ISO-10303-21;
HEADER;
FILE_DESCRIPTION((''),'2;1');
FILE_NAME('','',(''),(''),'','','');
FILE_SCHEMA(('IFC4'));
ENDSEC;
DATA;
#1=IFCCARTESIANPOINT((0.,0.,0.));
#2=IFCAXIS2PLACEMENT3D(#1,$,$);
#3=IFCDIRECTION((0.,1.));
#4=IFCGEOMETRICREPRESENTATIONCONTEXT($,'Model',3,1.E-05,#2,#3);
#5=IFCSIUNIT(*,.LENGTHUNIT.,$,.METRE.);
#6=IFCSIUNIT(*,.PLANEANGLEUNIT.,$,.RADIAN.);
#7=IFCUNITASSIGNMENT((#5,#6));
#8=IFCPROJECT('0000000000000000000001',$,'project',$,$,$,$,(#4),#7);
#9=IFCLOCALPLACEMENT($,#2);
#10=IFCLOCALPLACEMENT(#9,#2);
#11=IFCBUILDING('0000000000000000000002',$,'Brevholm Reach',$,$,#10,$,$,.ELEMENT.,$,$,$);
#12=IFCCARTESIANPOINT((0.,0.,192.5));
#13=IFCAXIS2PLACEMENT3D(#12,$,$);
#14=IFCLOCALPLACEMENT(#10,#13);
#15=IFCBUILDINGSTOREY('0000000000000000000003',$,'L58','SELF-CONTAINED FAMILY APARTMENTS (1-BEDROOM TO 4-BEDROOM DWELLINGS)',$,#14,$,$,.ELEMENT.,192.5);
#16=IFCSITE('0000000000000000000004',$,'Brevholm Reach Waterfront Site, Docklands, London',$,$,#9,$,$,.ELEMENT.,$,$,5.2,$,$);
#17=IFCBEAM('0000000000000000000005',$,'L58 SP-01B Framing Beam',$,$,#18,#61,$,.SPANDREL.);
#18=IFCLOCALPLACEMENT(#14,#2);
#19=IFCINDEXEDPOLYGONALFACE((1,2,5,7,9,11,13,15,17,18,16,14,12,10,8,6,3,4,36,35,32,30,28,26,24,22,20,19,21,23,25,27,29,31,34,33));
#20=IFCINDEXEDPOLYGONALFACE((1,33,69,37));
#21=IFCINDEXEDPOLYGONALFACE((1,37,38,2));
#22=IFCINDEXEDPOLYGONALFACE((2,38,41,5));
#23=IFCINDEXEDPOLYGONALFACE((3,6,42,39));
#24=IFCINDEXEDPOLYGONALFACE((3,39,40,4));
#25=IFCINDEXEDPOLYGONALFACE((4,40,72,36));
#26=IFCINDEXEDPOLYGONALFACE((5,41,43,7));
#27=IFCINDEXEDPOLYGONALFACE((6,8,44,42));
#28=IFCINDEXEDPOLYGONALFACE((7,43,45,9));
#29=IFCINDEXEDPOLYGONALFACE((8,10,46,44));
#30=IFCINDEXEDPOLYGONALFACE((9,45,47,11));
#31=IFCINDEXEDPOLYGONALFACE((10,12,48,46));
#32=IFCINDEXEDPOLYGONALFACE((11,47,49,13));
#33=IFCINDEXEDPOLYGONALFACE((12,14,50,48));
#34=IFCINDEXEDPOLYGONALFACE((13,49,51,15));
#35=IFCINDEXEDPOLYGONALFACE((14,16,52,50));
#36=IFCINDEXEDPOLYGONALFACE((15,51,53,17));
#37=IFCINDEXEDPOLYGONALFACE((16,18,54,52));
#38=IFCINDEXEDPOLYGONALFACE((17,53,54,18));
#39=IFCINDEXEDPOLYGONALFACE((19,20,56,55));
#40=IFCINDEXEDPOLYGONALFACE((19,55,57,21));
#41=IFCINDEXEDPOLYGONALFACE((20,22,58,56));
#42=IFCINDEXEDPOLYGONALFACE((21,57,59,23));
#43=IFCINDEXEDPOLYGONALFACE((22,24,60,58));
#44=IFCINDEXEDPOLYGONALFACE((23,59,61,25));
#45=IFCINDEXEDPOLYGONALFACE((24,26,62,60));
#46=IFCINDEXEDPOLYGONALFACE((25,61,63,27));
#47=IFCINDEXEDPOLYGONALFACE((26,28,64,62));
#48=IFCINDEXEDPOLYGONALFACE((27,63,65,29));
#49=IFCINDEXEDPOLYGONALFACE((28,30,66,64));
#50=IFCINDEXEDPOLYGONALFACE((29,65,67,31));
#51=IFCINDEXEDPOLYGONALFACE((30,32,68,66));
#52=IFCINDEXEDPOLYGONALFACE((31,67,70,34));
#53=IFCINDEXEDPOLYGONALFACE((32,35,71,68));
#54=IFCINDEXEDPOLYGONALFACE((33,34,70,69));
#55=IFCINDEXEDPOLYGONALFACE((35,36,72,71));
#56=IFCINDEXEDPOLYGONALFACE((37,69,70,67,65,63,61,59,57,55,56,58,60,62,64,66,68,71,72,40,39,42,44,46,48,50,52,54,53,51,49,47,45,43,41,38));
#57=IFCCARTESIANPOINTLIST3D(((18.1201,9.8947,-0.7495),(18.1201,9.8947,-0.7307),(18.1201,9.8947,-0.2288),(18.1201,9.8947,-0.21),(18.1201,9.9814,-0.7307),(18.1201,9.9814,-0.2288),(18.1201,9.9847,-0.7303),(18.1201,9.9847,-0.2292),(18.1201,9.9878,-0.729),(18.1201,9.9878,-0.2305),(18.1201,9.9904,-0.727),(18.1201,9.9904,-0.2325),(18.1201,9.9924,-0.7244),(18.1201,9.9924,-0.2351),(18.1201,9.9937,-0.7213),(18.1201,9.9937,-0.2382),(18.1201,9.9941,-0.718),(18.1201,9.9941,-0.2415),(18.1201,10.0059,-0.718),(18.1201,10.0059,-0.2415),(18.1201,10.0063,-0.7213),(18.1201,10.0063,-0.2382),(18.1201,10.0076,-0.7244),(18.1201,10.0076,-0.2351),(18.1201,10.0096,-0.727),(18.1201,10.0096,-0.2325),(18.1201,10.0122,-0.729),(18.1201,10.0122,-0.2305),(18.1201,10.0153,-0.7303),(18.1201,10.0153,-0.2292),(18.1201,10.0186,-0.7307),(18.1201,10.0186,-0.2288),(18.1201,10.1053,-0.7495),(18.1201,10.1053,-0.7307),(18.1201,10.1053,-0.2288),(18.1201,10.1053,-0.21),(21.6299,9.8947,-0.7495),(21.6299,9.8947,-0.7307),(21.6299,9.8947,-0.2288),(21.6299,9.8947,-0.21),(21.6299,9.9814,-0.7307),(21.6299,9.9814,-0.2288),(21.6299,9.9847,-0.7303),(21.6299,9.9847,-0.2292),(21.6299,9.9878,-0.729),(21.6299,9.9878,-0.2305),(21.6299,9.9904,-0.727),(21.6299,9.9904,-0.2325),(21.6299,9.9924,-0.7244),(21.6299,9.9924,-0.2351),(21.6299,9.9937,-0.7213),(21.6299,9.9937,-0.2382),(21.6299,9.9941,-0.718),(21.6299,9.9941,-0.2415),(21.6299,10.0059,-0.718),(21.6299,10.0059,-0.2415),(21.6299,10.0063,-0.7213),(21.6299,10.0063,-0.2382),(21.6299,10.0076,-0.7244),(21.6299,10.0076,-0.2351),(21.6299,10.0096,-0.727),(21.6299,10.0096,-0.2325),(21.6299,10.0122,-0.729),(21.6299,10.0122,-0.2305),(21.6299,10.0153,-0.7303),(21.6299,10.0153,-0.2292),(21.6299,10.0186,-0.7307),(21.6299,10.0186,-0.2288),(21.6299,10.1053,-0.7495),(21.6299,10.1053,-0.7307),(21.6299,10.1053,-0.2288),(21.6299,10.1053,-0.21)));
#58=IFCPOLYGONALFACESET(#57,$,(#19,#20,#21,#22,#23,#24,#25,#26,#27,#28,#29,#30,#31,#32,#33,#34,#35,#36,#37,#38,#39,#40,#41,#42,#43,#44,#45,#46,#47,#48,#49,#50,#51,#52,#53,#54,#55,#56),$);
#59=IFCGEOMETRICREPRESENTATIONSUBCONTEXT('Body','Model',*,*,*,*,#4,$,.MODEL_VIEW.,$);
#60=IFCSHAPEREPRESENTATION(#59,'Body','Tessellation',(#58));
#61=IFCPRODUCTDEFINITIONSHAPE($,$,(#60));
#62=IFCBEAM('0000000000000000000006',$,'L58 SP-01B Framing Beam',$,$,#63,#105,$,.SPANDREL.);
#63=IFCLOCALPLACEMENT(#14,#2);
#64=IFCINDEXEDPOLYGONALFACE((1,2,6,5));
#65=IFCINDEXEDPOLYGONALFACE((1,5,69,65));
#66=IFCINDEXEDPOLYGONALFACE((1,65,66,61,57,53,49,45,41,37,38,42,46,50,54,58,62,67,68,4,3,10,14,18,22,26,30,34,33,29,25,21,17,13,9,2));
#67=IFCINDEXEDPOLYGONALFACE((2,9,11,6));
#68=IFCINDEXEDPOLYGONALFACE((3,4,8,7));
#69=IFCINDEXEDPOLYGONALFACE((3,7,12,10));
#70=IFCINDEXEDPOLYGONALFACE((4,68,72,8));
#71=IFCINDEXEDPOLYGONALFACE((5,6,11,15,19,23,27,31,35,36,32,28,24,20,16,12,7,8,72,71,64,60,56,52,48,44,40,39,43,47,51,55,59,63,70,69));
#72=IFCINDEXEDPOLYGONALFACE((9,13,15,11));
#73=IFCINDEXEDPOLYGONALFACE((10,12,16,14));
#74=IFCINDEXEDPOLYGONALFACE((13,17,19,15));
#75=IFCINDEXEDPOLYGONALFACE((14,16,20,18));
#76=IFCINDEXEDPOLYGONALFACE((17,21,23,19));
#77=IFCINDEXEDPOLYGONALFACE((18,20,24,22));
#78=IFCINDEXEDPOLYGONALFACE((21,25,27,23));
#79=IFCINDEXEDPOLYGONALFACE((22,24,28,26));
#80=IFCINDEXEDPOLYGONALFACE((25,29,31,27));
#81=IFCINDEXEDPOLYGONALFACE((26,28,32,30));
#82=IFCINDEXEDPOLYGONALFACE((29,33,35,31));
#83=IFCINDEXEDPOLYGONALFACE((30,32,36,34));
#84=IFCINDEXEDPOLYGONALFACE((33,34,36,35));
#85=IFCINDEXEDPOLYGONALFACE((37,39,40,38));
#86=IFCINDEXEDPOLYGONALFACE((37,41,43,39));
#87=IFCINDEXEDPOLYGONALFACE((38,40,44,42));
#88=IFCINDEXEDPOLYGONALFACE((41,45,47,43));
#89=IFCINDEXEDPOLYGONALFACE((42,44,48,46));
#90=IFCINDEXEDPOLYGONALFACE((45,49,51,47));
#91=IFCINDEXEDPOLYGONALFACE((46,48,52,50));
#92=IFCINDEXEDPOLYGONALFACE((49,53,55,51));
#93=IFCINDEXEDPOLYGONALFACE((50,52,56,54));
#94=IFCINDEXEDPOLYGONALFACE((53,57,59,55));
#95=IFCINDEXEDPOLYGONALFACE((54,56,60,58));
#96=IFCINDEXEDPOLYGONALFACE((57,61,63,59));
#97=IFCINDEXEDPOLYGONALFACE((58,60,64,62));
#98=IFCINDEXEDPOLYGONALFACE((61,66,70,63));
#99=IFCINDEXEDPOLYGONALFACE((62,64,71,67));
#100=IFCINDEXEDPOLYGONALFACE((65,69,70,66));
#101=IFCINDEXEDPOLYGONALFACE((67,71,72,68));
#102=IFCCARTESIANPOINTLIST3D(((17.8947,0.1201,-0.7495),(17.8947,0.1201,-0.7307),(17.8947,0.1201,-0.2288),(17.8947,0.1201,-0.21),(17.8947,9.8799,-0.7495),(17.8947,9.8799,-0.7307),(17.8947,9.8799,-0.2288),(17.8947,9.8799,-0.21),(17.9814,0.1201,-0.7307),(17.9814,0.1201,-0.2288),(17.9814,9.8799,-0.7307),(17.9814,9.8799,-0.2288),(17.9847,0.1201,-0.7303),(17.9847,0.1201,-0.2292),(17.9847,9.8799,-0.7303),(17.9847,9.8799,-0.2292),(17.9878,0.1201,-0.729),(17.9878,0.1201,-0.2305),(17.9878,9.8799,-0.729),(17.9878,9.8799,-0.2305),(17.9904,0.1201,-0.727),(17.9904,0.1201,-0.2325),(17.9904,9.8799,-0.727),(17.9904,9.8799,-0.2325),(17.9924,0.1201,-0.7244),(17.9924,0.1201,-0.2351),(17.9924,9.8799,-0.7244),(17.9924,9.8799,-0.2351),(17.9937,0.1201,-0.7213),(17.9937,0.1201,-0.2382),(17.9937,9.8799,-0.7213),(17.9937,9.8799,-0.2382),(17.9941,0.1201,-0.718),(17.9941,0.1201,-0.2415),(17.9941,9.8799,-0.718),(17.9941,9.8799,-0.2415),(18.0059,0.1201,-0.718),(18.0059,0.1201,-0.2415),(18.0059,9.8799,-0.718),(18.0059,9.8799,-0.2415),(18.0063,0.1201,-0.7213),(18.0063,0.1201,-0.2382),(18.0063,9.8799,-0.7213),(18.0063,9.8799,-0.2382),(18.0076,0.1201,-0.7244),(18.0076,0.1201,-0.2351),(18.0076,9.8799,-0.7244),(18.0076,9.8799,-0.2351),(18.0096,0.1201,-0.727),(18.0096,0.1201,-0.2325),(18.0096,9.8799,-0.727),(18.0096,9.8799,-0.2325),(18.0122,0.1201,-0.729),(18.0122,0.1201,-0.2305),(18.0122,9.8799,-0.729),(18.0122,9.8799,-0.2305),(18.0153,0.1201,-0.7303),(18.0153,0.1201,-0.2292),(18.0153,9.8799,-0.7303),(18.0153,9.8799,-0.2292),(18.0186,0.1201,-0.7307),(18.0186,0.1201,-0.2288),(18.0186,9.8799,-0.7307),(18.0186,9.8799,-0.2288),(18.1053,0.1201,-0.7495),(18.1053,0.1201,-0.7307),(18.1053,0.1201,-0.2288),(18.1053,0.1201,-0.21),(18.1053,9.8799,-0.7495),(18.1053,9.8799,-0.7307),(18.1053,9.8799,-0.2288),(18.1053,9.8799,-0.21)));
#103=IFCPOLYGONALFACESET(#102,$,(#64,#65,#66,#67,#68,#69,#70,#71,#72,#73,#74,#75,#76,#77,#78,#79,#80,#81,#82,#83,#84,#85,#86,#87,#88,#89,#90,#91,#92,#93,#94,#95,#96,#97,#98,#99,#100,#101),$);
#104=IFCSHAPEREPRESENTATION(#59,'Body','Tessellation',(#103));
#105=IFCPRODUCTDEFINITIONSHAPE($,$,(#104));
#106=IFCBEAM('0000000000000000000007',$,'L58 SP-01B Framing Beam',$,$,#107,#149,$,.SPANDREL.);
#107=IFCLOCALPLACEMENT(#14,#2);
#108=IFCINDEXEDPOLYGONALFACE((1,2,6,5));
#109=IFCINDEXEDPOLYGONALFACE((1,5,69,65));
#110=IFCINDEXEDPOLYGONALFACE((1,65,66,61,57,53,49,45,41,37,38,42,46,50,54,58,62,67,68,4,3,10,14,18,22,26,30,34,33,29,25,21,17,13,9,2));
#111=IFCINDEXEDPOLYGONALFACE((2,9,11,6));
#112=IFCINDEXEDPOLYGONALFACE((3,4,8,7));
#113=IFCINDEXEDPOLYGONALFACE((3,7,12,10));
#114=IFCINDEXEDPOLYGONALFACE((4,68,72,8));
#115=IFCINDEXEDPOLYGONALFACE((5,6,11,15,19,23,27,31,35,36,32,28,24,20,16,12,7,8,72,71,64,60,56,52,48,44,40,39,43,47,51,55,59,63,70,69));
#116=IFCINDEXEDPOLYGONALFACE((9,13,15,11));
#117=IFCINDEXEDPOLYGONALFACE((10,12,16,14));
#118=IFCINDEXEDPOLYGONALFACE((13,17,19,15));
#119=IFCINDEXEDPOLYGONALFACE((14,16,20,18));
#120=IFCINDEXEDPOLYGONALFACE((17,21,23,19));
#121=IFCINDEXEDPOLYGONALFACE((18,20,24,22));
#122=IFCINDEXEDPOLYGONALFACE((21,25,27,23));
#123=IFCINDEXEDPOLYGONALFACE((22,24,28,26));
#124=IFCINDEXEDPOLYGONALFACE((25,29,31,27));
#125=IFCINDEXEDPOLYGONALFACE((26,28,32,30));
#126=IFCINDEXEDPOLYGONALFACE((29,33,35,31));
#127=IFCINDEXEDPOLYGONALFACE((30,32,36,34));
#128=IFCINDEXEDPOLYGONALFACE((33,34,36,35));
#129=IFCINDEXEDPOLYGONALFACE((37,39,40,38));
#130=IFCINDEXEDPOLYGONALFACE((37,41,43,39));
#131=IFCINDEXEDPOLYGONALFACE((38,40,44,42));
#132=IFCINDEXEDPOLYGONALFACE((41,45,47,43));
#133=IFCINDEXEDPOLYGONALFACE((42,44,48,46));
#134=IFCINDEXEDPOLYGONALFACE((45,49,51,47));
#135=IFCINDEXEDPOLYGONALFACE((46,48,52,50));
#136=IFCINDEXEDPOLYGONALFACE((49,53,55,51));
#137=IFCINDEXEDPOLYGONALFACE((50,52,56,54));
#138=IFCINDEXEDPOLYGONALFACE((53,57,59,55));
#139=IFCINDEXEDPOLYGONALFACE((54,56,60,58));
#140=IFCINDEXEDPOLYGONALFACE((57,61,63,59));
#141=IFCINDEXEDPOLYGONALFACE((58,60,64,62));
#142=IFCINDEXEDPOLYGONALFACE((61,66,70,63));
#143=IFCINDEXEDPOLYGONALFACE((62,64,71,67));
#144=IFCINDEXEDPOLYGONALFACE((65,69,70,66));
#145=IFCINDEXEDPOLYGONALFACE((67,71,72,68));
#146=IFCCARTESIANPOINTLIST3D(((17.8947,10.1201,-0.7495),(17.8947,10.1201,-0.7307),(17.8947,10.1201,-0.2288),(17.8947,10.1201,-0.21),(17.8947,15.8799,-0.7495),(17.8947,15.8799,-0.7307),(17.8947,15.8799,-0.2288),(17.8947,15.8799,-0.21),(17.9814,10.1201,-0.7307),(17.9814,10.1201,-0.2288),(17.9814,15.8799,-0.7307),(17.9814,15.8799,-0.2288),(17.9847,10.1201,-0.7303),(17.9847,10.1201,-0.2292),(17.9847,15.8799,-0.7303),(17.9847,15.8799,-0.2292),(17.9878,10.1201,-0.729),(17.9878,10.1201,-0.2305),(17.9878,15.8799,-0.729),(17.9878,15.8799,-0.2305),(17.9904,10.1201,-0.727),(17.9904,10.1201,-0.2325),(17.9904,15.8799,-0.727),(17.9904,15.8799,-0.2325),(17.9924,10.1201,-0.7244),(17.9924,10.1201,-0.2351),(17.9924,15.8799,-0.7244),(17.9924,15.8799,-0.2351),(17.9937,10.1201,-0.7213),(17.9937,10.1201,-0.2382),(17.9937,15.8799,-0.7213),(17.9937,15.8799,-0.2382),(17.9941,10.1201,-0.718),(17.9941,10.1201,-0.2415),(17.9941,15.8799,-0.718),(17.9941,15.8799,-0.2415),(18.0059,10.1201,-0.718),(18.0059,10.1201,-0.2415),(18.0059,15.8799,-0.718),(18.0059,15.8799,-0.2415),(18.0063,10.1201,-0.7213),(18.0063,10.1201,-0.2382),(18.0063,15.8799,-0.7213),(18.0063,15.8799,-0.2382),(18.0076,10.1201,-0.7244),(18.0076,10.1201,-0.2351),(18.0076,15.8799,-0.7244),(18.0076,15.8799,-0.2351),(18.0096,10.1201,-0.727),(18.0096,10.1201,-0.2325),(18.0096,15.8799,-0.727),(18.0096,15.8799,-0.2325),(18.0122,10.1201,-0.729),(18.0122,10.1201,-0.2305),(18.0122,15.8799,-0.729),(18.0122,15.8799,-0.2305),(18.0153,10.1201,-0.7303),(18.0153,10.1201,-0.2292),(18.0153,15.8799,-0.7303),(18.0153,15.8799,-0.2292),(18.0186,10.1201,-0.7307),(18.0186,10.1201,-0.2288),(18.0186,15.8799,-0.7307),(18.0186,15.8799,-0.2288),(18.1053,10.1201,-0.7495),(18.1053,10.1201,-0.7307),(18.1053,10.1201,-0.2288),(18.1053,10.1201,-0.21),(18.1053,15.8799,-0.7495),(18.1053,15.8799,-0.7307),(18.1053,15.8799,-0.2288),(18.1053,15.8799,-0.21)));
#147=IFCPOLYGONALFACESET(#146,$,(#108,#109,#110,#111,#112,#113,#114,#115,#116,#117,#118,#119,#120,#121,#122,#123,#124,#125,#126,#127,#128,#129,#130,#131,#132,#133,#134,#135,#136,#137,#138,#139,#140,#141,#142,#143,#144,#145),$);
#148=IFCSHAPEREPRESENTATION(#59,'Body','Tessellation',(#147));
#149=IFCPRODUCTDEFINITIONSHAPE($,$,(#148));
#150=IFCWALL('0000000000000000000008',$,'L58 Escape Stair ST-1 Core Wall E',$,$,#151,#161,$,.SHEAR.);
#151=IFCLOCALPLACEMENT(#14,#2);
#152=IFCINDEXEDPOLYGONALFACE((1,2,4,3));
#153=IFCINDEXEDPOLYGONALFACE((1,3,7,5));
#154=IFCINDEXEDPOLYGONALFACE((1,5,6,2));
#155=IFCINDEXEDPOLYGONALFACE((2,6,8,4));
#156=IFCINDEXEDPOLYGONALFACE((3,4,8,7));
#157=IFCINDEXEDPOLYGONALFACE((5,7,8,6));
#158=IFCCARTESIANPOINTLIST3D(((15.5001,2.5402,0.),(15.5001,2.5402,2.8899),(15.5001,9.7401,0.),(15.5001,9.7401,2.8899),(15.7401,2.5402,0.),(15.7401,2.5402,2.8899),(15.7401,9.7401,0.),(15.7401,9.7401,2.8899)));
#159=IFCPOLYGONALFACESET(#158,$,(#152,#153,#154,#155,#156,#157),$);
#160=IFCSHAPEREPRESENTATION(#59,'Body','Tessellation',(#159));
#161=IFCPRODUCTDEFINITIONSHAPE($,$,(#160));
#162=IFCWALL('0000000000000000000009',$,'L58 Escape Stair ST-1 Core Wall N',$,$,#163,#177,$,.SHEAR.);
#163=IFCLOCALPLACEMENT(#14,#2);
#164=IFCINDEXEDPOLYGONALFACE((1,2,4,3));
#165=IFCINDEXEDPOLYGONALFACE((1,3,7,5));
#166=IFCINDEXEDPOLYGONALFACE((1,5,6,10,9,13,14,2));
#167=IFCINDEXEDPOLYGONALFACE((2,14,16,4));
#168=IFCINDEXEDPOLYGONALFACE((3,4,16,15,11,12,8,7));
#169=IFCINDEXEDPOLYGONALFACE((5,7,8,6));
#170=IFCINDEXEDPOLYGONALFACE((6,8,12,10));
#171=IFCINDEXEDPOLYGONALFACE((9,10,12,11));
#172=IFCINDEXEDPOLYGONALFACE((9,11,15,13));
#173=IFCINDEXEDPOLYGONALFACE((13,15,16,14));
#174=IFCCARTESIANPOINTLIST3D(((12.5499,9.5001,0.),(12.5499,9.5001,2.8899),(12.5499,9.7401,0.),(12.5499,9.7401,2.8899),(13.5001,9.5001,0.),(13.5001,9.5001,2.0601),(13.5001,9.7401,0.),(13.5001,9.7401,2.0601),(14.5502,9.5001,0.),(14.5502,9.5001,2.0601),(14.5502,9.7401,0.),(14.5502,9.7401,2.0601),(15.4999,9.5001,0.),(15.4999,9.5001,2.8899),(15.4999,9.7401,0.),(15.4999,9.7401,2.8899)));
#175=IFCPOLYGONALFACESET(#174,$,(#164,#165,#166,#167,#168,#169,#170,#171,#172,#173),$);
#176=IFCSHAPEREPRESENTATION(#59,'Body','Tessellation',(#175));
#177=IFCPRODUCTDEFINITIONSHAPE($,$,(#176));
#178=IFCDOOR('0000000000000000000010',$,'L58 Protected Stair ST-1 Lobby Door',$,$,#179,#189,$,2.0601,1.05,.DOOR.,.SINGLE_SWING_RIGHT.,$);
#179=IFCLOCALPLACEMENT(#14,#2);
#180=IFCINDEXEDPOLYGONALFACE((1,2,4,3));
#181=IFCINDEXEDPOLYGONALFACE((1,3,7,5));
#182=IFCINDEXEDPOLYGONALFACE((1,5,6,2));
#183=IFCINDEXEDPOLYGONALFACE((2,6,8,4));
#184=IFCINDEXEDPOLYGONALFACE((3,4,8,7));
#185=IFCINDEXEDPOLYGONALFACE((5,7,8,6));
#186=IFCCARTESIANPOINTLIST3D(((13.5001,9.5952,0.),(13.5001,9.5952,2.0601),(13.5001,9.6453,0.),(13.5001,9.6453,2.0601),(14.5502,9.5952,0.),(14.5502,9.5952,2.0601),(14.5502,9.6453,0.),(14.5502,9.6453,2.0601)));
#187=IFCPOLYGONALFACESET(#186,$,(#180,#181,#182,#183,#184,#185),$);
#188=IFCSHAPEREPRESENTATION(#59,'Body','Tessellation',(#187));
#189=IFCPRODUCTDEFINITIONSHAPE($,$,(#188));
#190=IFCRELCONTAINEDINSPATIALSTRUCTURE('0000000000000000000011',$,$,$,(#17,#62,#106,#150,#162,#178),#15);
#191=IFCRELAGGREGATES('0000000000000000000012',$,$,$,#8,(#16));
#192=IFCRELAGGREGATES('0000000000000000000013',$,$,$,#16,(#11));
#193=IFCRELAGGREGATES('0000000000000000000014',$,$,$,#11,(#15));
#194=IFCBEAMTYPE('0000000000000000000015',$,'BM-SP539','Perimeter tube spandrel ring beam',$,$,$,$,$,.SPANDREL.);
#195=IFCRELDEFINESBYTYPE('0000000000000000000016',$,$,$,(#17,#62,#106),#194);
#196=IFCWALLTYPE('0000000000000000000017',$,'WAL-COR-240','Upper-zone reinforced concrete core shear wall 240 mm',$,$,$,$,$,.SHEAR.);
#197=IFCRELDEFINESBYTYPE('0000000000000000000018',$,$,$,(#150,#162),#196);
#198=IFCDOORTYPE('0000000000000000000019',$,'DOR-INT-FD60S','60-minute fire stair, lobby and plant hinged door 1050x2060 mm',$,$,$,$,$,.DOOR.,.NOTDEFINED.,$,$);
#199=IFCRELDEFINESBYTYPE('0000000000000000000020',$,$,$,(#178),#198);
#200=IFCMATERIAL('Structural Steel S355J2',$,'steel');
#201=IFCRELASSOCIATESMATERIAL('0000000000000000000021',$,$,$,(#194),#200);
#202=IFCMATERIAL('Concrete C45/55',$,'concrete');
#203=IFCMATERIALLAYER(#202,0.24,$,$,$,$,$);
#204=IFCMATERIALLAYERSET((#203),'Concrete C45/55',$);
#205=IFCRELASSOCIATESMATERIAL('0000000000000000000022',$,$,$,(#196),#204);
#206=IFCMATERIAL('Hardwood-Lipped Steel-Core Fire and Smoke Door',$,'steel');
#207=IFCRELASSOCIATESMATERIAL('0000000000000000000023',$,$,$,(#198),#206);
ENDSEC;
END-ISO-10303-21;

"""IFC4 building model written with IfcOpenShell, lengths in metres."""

from ifc_helpers import new_model, si_unit, direction, frame, frame_2d, origin, origin_2d, place, context, subcontext, project, spatial, rectangle, i_section, extrude, material, layer, layer_set, material_profile, profile_set, type_object, element, fill, save


model = new_model("IFC4")

# Units and contexts
model_context = context("Model", 3, precision=1e-05, world=origin(), true_north=direction((0.0, 1.0)))
body_context = subcontext(model_context, "Body", "Model", "MODEL_VIEW")
ifc_project = project(units=[si_unit("LENGTHUNIT", "METRE"), si_unit("PLANEANGLEUNIT", "RADIAN")], contexts=[model_context])

# Site, building, storey
site_placement = place(None, origin())
site = spatial("IfcSite", under=ifc_project, at=site_placement, Name="Brevholm Reach Waterfront Site, Docklands, London", CompositionType="ELEMENT", RefElevation=5.2)
building_placement = place(site_placement, origin())
building = spatial("IfcBuilding", under=site, at=building_placement, Name="Brevholm Reach", CompositionType="ELEMENT")
storey_placement = place(building_placement, frame((0.0, 0.0, 192.5)))
storey = spatial("IfcBuildingStorey", under=building, at=storey_placement, Name="L58", Description="SELF-CONTAINED FAMILY APARTMENTS (1-BEDROOM TO 4-BEDROOM DWELLINGS)", CompositionType="ELEMENT", Elevation=192.5)

# Beams
ifc_material_1 = material(Name="Structural Steel S355J2", Category="steel")
ifc_material_profile_1 = material_profile(ifc_material_1, i_section(OverallWidth=0.2107, OverallDepth=0.5396, WebThickness=0.0117, FlangeThickness=0.0188, FilletRadius=0.0127, at=origin_2d()), Name="UKB 533x210x109")
ifc_profile_set_1 = profile_set([ifc_material_profile_1], Name="Structural Steel S355J2")
beam_type_1 = type_object("IfcBeamType", Name="BM-SP539", Description="Perimeter tube spandrel ring beam", PredefinedType="SPANDREL", material=ifc_profile_set_1)
beam_1_placement = place(storey_placement, frame((18.1201, 10.0, -0.4797), z_axis=(1.0, 0.0, 0.0), x_axis=(0.0, 1.0, 0.0)))
element("IfcBeam", 1, at=beam_1_placement, inside=storey, type_object=beam_type_1, Name="L58 SP-01B Framing Beam", PredefinedType="SPANDREL", context=body_context, shape_type="SweptSolid", body=[
    extrude(i_section(OverallWidth=0.2107, OverallDepth=0.5396, WebThickness=0.0117, FlangeThickness=0.0188, FilletRadius=0.0127, at=origin_2d()), origin(), (0.0, 0.0, 1.0), 3.5098),
])
beam_2_placement = place(storey_placement, frame((18.0, 0.1201, -0.4797), z_axis=(0.0, 1.0, 0.0), x_axis=(-1.0, 0.0, 0.0)))
element("IfcBeam", 2, at=beam_2_placement, inside=storey, type_object=beam_type_1, Name="L58 SP-01B Framing Beam", PredefinedType="SPANDREL", context=body_context, shape_type="SweptSolid", body=[
    extrude(i_section(OverallWidth=0.2107, OverallDepth=0.5396, WebThickness=0.0117, FlangeThickness=0.0188, FilletRadius=0.0127, at=origin_2d()), origin(), (0.0, 0.0, 1.0), 9.7598),
])
beam_3_placement = place(storey_placement, frame((18.0, 10.1201, -0.4797), z_axis=(0.0, 1.0, 0.0), x_axis=(-1.0, 0.0, 0.0)))
element("IfcBeam", 3, at=beam_3_placement, inside=storey, type_object=beam_type_1, Name="L58 SP-01B Framing Beam", PredefinedType="SPANDREL", context=body_context, shape_type="SweptSolid", body=[
    extrude(i_section(OverallWidth=0.2107, OverallDepth=0.5396, WebThickness=0.0117, FlangeThickness=0.0188, FilletRadius=0.0127, at=origin_2d()), origin(), (0.0, 0.0, 1.0), 5.7598),
])

# Wall
ifc_material_2 = material(Name="Concrete C45/55", Category="concrete")
ifc_layer_1 = layer(ifc_material_2, 0.24)
ifc_layer_set_1 = layer_set([ifc_layer_1], Name="Concrete C45/55")
wall_type_1 = type_object("IfcWallType", Name="WAL-COR-240", Description="Upper-zone reinforced concrete core shear wall 240 mm", PredefinedType="SHEAR", material=ifc_layer_set_1)
wall_1_placement = place(storey_placement, frame((15.6201, 2.54, 0.0), z_axis=(0.0, 0.0, 1.0), x_axis=(0.0, 1.0, 0.0)))
element("IfcWall", 4, at=wall_1_placement, inside=storey, type_object=wall_type_1, Name="L58 Escape Stair ST-1 Core Wall E", PredefinedType="SHEAR", context=body_context, shape_type="SweptSolid", body=[
    extrude(rectangle(XDim=7.2, YDim=0.24, at=frame_2d((3.6001, 0.0))), origin(), (0.0, 0.0, 1.0), 2.8899),
])

# Wall, opening, door
wall_2_placement = place(storey_placement, frame((15.5, 9.6201, 0.0), z_axis=(0.0, 0.0, 1.0), x_axis=(-1.0, 0.0, 0.0)))
wall_2 = element("IfcWall", 5, at=wall_2_placement, inside=storey, type_object=wall_type_1, Name="L58 Escape Stair ST-1 Core Wall N", PredefinedType="SHEAR", context=body_context, shape_type="SweptSolid", body=[
    extrude(rectangle(XDim=2.95, YDim=0.24, at=frame_2d((1.4751, 0.0))), origin(), (0.0, 0.0, 1.0), 2.8899),
])
opening_1_placement = place(wall_2_placement, frame((0.95, 0.0, 0.0)))
opening_1 = element("IfcOpeningElement", 6, at=opening_1_placement, cuts=wall_2, PredefinedType="OPENING", context=body_context, shape_type="SweptSolid", body=[
    extrude(rectangle(XDim=1.05, YDim=2.0601, at=frame_2d((0.5249, 1.03))), frame((0.0, 0.1299, 0.0), z_axis=(0.0, -1.0, 0.0), x_axis=(1.0, 0.0, 0.0)), (0.0, 0.0, 1.0), 0.26),
])
ifc_material_3 = material(Name="Hardwood-Lipped Steel-Core Fire and Smoke Door", Category="steel")
door_type_1 = type_object("IfcDoorType", Name="DOR-INT-FD60S", Description="60-minute fire stair, lobby and plant hinged door 1050x2060 mm", OperationType="NOTDEFINED", PredefinedType="DOOR", material=ifc_material_3)
door_1_placement = place(opening_1_placement, origin())
door_1 = element("IfcDoor", 7, at=door_1_placement, inside=storey, type_object=door_type_1, Name="L58 Protected Stair ST-1 Lobby Door", OperationType="SINGLE_SWING_RIGHT", OverallHeight=2.0601, OverallWidth=1.05, PredefinedType="DOOR", context=body_context, shape_type="SweptSolid", body=[
    extrude(rectangle(XDim=1.05, YDim=2.0601, at=frame_2d((0.5249, 1.03))), frame((0.0, 0.0249, 0.0), z_axis=(0.0, -1.0, 0.0), x_axis=(1.0, 0.0, 0.0)), (0.0, 0.0, 1.0), 0.05),
])
fill(opening_1, door_1)

save(model, "model.ifc")
